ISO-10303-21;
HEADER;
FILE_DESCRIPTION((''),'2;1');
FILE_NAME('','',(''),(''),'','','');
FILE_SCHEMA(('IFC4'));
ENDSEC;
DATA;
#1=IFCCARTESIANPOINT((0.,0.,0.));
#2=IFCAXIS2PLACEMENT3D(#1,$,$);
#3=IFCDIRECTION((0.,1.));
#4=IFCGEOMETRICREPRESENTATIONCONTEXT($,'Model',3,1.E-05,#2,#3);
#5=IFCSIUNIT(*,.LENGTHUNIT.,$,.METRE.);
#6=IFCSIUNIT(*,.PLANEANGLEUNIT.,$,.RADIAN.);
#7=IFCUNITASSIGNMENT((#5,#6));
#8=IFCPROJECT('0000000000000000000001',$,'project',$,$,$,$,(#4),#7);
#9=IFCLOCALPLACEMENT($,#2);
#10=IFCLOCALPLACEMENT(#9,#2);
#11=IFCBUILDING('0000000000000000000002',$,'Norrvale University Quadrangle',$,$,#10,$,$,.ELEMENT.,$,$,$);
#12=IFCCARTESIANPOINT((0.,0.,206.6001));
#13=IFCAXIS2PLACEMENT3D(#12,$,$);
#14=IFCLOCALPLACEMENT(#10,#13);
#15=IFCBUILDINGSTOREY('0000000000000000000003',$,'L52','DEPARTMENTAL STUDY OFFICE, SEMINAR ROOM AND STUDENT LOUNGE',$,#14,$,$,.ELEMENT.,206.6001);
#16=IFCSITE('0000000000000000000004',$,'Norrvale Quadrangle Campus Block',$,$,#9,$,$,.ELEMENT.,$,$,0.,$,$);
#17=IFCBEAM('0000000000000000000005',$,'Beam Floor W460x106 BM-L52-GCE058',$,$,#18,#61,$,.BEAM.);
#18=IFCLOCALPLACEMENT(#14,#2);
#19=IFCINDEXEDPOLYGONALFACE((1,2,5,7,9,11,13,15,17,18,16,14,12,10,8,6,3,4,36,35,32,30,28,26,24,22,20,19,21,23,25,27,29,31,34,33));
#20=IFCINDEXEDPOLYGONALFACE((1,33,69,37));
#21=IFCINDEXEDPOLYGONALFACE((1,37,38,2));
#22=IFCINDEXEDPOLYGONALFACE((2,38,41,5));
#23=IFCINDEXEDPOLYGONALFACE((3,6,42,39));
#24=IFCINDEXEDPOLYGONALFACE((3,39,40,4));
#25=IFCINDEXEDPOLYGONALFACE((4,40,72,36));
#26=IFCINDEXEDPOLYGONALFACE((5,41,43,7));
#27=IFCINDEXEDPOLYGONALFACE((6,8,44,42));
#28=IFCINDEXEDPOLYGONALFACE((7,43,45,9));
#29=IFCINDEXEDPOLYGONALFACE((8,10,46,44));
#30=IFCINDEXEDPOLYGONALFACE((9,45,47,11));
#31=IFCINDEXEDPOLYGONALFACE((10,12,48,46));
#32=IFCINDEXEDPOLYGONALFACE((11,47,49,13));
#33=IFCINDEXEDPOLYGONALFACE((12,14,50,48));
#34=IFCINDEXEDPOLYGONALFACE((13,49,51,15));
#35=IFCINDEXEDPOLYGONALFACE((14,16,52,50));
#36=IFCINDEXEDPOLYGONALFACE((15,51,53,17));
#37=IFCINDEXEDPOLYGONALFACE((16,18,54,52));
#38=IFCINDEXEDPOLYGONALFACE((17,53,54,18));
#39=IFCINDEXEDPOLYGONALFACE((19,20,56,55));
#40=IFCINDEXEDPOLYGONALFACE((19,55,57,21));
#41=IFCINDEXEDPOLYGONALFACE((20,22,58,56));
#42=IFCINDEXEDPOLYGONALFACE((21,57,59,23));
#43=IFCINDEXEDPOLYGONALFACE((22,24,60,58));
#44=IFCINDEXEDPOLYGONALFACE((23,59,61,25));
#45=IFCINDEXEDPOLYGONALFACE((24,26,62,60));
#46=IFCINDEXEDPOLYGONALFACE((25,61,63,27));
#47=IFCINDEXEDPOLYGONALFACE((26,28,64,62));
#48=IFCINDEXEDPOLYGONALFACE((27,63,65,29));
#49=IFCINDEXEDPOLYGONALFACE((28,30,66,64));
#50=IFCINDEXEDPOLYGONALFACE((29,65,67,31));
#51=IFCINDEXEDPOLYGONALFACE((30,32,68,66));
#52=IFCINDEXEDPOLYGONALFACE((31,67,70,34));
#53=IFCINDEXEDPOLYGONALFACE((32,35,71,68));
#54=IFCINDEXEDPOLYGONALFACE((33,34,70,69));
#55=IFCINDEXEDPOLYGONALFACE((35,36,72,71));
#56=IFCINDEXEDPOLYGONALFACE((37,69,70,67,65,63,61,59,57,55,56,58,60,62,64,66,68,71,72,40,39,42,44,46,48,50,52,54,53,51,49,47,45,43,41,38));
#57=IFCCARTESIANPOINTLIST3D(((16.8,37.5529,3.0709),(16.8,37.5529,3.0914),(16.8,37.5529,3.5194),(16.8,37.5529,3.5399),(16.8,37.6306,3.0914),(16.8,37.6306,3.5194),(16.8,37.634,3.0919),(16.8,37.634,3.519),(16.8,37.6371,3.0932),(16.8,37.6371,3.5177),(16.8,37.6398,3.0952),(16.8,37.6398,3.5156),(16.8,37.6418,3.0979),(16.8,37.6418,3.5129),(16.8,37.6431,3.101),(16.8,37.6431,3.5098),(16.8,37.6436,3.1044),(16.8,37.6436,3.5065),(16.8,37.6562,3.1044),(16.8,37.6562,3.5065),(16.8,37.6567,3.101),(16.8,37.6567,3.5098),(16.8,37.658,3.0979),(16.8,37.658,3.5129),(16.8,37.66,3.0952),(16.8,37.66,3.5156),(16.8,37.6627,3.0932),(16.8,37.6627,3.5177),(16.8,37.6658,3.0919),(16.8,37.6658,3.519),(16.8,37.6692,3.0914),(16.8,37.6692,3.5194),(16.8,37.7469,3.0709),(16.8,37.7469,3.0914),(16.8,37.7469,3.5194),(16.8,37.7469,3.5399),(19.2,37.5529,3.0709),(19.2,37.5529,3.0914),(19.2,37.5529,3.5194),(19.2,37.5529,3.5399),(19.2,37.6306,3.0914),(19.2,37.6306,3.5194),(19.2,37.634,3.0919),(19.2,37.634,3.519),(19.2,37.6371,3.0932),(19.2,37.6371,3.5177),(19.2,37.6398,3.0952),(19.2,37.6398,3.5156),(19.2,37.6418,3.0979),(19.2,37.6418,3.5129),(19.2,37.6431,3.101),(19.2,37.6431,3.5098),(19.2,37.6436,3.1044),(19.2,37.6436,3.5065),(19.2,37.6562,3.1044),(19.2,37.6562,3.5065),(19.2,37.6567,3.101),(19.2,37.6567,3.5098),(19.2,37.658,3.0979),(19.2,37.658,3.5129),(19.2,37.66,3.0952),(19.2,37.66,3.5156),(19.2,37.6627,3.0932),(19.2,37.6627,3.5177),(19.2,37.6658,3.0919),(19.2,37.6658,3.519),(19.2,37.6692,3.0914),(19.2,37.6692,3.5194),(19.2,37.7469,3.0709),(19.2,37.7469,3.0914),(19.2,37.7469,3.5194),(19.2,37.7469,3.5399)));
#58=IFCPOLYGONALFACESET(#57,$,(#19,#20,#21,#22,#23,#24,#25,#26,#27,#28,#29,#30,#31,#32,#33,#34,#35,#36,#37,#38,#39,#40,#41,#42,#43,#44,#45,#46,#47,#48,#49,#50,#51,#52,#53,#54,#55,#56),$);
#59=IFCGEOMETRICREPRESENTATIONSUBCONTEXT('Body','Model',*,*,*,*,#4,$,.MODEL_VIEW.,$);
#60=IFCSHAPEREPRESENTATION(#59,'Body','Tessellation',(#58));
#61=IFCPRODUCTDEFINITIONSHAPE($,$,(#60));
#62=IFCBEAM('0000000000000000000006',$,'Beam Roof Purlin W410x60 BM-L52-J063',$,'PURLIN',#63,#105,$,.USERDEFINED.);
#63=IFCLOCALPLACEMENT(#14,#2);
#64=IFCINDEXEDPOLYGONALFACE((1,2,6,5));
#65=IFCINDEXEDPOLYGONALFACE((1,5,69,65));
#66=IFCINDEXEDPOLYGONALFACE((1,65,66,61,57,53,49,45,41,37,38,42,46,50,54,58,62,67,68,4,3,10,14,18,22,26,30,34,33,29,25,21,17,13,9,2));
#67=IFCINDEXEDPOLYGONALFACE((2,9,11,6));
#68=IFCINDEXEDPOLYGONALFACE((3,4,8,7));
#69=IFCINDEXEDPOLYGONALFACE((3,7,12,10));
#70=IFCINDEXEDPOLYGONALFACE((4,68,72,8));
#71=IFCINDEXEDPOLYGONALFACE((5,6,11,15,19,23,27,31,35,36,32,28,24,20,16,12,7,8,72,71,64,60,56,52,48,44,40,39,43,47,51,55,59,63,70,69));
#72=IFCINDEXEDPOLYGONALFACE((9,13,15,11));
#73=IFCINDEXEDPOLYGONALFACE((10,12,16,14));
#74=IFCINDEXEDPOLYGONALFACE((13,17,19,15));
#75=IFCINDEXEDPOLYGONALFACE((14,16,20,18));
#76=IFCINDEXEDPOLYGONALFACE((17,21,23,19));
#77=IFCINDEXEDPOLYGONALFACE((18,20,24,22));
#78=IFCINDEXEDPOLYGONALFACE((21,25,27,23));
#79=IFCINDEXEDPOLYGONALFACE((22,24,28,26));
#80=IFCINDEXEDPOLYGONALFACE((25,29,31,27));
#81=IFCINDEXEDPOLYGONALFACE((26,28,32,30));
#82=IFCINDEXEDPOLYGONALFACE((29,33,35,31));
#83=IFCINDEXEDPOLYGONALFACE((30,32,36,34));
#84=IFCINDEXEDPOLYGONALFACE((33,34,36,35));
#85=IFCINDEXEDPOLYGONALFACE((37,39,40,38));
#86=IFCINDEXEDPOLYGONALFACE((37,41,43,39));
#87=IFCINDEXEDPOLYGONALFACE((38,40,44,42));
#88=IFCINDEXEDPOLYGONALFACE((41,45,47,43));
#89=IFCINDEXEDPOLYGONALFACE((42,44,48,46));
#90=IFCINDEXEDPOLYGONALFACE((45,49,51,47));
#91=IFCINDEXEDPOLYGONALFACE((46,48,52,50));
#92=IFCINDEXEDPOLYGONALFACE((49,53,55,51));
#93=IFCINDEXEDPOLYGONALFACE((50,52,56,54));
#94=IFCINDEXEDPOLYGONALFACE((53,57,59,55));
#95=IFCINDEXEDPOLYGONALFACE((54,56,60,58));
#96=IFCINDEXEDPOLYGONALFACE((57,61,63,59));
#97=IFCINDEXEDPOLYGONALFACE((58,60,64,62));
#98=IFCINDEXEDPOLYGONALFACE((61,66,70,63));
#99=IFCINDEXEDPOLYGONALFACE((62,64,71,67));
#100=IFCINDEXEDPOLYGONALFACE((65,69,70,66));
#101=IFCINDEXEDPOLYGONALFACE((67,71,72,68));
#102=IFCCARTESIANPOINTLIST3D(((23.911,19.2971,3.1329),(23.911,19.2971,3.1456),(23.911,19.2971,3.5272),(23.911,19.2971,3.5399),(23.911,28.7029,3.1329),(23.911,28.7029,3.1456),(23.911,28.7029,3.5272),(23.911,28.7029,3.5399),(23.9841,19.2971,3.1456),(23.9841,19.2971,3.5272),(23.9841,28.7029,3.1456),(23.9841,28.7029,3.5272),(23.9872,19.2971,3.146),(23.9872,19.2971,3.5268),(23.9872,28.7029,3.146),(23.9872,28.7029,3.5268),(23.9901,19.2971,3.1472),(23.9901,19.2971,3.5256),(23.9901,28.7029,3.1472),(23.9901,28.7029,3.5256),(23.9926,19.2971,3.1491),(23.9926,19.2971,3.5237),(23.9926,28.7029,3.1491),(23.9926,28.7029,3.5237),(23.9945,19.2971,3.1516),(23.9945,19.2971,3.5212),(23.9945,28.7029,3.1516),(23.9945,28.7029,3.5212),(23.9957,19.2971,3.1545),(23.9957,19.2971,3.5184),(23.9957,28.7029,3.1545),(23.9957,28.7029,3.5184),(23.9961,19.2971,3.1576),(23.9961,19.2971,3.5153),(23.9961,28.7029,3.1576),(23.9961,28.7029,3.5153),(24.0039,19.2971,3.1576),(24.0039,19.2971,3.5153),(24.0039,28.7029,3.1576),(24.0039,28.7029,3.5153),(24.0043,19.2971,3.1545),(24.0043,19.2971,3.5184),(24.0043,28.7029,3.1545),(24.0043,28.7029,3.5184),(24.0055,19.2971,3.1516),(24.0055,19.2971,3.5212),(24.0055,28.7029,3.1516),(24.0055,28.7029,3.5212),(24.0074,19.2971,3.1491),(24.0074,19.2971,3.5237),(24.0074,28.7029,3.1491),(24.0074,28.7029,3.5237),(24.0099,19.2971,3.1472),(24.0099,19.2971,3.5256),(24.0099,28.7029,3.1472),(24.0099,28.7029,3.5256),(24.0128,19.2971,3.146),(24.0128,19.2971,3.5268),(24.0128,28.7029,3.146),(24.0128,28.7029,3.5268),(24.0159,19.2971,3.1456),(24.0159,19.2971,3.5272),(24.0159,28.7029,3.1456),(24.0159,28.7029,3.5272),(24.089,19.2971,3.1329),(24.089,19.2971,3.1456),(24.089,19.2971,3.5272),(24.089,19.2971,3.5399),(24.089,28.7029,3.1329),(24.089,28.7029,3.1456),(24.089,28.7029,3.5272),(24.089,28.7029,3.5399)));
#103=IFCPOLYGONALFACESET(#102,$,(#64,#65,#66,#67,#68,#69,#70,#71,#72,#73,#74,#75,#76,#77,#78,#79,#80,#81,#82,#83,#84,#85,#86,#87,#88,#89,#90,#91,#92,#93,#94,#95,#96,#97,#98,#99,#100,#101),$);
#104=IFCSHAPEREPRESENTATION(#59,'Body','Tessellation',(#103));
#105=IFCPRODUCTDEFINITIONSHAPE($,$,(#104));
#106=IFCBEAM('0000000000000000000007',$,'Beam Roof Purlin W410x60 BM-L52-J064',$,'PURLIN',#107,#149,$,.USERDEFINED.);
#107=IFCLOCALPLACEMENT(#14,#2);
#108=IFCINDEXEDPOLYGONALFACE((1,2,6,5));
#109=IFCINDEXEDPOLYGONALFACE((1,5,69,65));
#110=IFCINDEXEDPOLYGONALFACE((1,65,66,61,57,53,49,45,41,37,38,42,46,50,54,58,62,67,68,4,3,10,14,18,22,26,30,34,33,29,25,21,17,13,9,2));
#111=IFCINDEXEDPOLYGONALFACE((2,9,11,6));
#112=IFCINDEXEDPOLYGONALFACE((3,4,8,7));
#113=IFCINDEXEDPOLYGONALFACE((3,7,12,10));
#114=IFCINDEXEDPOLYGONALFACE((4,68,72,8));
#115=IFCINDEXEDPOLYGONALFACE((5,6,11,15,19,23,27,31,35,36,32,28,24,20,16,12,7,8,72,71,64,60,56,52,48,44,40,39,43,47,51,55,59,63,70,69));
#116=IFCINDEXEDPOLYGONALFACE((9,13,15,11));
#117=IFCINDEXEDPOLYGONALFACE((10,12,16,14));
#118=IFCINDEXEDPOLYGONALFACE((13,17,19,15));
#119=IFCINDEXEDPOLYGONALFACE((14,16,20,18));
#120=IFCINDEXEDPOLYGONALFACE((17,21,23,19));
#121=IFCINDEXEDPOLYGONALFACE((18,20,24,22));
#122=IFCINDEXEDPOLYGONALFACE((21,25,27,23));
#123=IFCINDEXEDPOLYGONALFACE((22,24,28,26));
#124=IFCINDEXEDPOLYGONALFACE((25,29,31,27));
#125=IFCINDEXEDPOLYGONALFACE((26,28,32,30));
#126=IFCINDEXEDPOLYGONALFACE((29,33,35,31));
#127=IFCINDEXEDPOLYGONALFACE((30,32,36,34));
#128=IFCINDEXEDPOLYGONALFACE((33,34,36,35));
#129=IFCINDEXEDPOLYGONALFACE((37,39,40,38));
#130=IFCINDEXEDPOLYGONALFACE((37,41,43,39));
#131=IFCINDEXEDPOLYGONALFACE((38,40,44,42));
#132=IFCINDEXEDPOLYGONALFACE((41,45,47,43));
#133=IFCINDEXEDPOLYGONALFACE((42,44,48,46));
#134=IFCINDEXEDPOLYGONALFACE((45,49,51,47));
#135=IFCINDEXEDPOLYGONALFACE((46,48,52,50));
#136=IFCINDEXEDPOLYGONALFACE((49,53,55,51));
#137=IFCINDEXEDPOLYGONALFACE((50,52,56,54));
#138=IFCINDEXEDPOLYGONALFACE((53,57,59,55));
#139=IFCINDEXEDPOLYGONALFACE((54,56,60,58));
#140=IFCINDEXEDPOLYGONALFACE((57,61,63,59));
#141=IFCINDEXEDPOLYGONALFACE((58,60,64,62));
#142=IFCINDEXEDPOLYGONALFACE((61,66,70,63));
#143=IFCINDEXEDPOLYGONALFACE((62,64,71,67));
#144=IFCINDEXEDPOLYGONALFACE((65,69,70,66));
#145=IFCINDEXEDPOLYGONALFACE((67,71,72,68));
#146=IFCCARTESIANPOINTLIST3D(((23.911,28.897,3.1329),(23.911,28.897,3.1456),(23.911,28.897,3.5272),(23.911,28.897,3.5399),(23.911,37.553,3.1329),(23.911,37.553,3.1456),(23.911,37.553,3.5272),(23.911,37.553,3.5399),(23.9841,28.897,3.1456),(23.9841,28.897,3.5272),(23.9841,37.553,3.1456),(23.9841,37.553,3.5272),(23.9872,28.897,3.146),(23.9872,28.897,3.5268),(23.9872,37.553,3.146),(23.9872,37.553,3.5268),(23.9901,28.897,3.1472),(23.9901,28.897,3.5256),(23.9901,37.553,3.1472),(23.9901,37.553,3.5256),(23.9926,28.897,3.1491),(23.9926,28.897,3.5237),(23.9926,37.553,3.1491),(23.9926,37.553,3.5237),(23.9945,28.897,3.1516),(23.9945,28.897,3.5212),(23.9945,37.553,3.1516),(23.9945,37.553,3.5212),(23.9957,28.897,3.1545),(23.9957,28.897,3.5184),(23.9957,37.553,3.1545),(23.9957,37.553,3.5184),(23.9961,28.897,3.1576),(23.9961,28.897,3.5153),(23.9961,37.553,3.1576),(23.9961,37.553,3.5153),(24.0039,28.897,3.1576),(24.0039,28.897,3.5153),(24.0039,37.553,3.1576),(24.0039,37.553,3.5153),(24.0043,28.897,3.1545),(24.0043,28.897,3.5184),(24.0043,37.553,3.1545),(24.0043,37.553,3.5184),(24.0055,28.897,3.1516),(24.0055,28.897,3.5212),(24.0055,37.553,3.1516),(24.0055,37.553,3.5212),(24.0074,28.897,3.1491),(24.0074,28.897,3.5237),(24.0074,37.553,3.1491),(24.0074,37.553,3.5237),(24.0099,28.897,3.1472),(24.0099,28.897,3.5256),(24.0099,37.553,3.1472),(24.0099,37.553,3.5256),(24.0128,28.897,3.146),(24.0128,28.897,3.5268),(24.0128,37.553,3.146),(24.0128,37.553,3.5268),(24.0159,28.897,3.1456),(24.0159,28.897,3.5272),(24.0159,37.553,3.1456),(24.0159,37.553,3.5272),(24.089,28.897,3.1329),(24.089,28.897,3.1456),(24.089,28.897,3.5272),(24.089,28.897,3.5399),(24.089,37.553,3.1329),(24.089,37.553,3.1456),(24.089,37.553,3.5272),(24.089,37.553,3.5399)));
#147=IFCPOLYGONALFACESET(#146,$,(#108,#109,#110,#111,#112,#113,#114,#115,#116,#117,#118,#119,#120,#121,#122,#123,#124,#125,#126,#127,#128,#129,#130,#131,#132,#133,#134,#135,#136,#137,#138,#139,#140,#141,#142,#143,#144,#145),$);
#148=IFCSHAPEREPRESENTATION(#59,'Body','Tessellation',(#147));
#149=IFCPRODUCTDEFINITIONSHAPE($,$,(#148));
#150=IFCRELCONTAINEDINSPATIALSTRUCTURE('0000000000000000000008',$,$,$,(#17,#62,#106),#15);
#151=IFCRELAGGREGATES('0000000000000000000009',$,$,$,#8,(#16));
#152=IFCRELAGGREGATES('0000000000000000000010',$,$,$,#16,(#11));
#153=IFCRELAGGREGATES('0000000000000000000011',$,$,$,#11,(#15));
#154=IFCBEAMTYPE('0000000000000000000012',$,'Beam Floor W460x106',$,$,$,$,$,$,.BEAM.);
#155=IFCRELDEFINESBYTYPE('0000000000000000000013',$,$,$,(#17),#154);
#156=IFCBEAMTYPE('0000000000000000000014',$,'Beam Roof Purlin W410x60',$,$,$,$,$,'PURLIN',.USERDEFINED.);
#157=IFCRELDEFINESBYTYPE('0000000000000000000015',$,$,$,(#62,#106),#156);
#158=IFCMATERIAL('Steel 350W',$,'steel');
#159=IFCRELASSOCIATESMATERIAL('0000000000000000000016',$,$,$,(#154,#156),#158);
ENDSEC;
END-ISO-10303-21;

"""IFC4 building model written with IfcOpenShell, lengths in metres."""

from ifc_helpers import new_model, si_unit, direction, frame, origin, origin_2d, place, context, subcontext, project, spatial, i_section, extrude, material, material_profile, profile_set, type_object, element, save


model = new_model("IFC4")

# Units and contexts
model_context = context("Model", 3, precision=1e-05, world=origin(), true_north=direction((0.0, 1.0)))
body_context = subcontext(model_context, "Body", "Model", "MODEL_VIEW")
ifc_project = project(units=[si_unit("LENGTHUNIT", "METRE"), si_unit("PLANEANGLEUNIT", "RADIAN")], contexts=[model_context])

# Site, building, storey
site_placement = place(None, origin())
site = spatial("IfcSite", under=ifc_project, at=site_placement, Name="Norrvale Quadrangle Campus Block", CompositionType="ELEMENT", RefElevation=0.0)
building_placement = place(site_placement, origin())
building = spatial("IfcBuilding", under=site, at=building_placement, Name="Norrvale University Quadrangle", CompositionType="ELEMENT")
storey_placement = place(building_placement, frame((0.0, 0.0, 206.6001)))
storey = spatial("IfcBuildingStorey", under=building, at=storey_placement, Name="L52", Description="DEPARTMENTAL STUDY OFFICE, SEMINAR ROOM AND STUDENT LOUNGE", CompositionType="ELEMENT", Elevation=206.6001)

# Beams
ifc_material_1 = material(Name="Steel 350W", Category="steel")
ifc_material_profile_1 = material_profile(ifc_material_1, i_section(OverallWidth=0.1941, OverallDepth=0.469, WebThickness=0.0127, FlangeThickness=0.0205, FilletRadius=0.0129, at=origin_2d()), Name="Steel 350W")
ifc_profile_set_1 = profile_set([ifc_material_profile_1], Name="Steel 350W")
beam_type_1 = type_object("IfcBeamType", Name="Beam Floor W460x106", PredefinedType="BEAM", material=ifc_profile_set_1)
for number, where, z_axis, x_axis, name in (
    (1, (16.8, 37.6499, 3.3054), (1.0, 0.0, 0.0), (0.0, 1.0, 0.0), "Beam Floor W460x106 BM-L52-GCE058"),
):
    element("IfcBeam", number, at=place(storey_placement, frame(where, z_axis=z_axis, x_axis=x_axis)), inside=storey, type_object=beam_type_1, Name=name, PredefinedType="BEAM", context=body_context, shape_type="SweptSolid", body=[
        extrude(i_section(OverallWidth=0.1941, OverallDepth=0.469, WebThickness=0.0127, FlangeThickness=0.0205, FilletRadius=0.0129, at=origin_2d()), origin(), (0.0, 0.0, 1.0), 2.3999),
    ])
ifc_material_profile_2 = material_profile(ifc_material_1, i_section(OverallWidth=0.178, OverallDepth=0.407, WebThickness=0.0078, FlangeThickness=0.0127, FilletRadius=0.012, at=origin_2d()), Name="Steel 350W")
ifc_profile_set_2 = profile_set([ifc_material_profile_2], Name="Steel 350W")
beam_type_2 = type_object("IfcBeamType", Name="Beam Roof Purlin W410x60", ElementType="PURLIN", PredefinedType="USERDEFINED", material=ifc_profile_set_2)
beam_1_placement = place(storey_placement, frame((24.0, 19.2971, 3.3364), z_axis=(0.0, 1.0, 0.0), x_axis=(-1.0, 0.0, 0.0)))
element("IfcBeam", 2, at=beam_1_placement, inside=storey, type_object=beam_type_2, Name="Beam Roof Purlin W410x60 BM-L52-J063", ObjectType="PURLIN", PredefinedType="USERDEFINED", context=body_context, shape_type="SweptSolid", body=[
    extrude(i_section(OverallWidth=0.178, OverallDepth=0.407, WebThickness=0.0078, FlangeThickness=0.0127, FilletRadius=0.012, at=origin_2d()), origin(), (0.0, 0.0, 1.0), 9.4058),
])
beam_2_placement = place(storey_placement, frame((24.0, 28.897, 3.3364), z_axis=(0.0, 1.0, 0.0), x_axis=(-1.0, 0.0, 0.0)))
element("IfcBeam", 3, at=beam_2_placement, inside=storey, type_object=beam_type_2, Name="Beam Roof Purlin W410x60 BM-L52-J064", ObjectType="PURLIN", PredefinedType="USERDEFINED", context=body_context, shape_type="SweptSolid", body=[
    extrude(i_section(OverallWidth=0.178, OverallDepth=0.407, WebThickness=0.0078, FlangeThickness=0.0127, FilletRadius=0.012, at=origin_2d()), origin(), (0.0, 0.0, 1.0), 8.656),
])

save(model, "model.ifc")
